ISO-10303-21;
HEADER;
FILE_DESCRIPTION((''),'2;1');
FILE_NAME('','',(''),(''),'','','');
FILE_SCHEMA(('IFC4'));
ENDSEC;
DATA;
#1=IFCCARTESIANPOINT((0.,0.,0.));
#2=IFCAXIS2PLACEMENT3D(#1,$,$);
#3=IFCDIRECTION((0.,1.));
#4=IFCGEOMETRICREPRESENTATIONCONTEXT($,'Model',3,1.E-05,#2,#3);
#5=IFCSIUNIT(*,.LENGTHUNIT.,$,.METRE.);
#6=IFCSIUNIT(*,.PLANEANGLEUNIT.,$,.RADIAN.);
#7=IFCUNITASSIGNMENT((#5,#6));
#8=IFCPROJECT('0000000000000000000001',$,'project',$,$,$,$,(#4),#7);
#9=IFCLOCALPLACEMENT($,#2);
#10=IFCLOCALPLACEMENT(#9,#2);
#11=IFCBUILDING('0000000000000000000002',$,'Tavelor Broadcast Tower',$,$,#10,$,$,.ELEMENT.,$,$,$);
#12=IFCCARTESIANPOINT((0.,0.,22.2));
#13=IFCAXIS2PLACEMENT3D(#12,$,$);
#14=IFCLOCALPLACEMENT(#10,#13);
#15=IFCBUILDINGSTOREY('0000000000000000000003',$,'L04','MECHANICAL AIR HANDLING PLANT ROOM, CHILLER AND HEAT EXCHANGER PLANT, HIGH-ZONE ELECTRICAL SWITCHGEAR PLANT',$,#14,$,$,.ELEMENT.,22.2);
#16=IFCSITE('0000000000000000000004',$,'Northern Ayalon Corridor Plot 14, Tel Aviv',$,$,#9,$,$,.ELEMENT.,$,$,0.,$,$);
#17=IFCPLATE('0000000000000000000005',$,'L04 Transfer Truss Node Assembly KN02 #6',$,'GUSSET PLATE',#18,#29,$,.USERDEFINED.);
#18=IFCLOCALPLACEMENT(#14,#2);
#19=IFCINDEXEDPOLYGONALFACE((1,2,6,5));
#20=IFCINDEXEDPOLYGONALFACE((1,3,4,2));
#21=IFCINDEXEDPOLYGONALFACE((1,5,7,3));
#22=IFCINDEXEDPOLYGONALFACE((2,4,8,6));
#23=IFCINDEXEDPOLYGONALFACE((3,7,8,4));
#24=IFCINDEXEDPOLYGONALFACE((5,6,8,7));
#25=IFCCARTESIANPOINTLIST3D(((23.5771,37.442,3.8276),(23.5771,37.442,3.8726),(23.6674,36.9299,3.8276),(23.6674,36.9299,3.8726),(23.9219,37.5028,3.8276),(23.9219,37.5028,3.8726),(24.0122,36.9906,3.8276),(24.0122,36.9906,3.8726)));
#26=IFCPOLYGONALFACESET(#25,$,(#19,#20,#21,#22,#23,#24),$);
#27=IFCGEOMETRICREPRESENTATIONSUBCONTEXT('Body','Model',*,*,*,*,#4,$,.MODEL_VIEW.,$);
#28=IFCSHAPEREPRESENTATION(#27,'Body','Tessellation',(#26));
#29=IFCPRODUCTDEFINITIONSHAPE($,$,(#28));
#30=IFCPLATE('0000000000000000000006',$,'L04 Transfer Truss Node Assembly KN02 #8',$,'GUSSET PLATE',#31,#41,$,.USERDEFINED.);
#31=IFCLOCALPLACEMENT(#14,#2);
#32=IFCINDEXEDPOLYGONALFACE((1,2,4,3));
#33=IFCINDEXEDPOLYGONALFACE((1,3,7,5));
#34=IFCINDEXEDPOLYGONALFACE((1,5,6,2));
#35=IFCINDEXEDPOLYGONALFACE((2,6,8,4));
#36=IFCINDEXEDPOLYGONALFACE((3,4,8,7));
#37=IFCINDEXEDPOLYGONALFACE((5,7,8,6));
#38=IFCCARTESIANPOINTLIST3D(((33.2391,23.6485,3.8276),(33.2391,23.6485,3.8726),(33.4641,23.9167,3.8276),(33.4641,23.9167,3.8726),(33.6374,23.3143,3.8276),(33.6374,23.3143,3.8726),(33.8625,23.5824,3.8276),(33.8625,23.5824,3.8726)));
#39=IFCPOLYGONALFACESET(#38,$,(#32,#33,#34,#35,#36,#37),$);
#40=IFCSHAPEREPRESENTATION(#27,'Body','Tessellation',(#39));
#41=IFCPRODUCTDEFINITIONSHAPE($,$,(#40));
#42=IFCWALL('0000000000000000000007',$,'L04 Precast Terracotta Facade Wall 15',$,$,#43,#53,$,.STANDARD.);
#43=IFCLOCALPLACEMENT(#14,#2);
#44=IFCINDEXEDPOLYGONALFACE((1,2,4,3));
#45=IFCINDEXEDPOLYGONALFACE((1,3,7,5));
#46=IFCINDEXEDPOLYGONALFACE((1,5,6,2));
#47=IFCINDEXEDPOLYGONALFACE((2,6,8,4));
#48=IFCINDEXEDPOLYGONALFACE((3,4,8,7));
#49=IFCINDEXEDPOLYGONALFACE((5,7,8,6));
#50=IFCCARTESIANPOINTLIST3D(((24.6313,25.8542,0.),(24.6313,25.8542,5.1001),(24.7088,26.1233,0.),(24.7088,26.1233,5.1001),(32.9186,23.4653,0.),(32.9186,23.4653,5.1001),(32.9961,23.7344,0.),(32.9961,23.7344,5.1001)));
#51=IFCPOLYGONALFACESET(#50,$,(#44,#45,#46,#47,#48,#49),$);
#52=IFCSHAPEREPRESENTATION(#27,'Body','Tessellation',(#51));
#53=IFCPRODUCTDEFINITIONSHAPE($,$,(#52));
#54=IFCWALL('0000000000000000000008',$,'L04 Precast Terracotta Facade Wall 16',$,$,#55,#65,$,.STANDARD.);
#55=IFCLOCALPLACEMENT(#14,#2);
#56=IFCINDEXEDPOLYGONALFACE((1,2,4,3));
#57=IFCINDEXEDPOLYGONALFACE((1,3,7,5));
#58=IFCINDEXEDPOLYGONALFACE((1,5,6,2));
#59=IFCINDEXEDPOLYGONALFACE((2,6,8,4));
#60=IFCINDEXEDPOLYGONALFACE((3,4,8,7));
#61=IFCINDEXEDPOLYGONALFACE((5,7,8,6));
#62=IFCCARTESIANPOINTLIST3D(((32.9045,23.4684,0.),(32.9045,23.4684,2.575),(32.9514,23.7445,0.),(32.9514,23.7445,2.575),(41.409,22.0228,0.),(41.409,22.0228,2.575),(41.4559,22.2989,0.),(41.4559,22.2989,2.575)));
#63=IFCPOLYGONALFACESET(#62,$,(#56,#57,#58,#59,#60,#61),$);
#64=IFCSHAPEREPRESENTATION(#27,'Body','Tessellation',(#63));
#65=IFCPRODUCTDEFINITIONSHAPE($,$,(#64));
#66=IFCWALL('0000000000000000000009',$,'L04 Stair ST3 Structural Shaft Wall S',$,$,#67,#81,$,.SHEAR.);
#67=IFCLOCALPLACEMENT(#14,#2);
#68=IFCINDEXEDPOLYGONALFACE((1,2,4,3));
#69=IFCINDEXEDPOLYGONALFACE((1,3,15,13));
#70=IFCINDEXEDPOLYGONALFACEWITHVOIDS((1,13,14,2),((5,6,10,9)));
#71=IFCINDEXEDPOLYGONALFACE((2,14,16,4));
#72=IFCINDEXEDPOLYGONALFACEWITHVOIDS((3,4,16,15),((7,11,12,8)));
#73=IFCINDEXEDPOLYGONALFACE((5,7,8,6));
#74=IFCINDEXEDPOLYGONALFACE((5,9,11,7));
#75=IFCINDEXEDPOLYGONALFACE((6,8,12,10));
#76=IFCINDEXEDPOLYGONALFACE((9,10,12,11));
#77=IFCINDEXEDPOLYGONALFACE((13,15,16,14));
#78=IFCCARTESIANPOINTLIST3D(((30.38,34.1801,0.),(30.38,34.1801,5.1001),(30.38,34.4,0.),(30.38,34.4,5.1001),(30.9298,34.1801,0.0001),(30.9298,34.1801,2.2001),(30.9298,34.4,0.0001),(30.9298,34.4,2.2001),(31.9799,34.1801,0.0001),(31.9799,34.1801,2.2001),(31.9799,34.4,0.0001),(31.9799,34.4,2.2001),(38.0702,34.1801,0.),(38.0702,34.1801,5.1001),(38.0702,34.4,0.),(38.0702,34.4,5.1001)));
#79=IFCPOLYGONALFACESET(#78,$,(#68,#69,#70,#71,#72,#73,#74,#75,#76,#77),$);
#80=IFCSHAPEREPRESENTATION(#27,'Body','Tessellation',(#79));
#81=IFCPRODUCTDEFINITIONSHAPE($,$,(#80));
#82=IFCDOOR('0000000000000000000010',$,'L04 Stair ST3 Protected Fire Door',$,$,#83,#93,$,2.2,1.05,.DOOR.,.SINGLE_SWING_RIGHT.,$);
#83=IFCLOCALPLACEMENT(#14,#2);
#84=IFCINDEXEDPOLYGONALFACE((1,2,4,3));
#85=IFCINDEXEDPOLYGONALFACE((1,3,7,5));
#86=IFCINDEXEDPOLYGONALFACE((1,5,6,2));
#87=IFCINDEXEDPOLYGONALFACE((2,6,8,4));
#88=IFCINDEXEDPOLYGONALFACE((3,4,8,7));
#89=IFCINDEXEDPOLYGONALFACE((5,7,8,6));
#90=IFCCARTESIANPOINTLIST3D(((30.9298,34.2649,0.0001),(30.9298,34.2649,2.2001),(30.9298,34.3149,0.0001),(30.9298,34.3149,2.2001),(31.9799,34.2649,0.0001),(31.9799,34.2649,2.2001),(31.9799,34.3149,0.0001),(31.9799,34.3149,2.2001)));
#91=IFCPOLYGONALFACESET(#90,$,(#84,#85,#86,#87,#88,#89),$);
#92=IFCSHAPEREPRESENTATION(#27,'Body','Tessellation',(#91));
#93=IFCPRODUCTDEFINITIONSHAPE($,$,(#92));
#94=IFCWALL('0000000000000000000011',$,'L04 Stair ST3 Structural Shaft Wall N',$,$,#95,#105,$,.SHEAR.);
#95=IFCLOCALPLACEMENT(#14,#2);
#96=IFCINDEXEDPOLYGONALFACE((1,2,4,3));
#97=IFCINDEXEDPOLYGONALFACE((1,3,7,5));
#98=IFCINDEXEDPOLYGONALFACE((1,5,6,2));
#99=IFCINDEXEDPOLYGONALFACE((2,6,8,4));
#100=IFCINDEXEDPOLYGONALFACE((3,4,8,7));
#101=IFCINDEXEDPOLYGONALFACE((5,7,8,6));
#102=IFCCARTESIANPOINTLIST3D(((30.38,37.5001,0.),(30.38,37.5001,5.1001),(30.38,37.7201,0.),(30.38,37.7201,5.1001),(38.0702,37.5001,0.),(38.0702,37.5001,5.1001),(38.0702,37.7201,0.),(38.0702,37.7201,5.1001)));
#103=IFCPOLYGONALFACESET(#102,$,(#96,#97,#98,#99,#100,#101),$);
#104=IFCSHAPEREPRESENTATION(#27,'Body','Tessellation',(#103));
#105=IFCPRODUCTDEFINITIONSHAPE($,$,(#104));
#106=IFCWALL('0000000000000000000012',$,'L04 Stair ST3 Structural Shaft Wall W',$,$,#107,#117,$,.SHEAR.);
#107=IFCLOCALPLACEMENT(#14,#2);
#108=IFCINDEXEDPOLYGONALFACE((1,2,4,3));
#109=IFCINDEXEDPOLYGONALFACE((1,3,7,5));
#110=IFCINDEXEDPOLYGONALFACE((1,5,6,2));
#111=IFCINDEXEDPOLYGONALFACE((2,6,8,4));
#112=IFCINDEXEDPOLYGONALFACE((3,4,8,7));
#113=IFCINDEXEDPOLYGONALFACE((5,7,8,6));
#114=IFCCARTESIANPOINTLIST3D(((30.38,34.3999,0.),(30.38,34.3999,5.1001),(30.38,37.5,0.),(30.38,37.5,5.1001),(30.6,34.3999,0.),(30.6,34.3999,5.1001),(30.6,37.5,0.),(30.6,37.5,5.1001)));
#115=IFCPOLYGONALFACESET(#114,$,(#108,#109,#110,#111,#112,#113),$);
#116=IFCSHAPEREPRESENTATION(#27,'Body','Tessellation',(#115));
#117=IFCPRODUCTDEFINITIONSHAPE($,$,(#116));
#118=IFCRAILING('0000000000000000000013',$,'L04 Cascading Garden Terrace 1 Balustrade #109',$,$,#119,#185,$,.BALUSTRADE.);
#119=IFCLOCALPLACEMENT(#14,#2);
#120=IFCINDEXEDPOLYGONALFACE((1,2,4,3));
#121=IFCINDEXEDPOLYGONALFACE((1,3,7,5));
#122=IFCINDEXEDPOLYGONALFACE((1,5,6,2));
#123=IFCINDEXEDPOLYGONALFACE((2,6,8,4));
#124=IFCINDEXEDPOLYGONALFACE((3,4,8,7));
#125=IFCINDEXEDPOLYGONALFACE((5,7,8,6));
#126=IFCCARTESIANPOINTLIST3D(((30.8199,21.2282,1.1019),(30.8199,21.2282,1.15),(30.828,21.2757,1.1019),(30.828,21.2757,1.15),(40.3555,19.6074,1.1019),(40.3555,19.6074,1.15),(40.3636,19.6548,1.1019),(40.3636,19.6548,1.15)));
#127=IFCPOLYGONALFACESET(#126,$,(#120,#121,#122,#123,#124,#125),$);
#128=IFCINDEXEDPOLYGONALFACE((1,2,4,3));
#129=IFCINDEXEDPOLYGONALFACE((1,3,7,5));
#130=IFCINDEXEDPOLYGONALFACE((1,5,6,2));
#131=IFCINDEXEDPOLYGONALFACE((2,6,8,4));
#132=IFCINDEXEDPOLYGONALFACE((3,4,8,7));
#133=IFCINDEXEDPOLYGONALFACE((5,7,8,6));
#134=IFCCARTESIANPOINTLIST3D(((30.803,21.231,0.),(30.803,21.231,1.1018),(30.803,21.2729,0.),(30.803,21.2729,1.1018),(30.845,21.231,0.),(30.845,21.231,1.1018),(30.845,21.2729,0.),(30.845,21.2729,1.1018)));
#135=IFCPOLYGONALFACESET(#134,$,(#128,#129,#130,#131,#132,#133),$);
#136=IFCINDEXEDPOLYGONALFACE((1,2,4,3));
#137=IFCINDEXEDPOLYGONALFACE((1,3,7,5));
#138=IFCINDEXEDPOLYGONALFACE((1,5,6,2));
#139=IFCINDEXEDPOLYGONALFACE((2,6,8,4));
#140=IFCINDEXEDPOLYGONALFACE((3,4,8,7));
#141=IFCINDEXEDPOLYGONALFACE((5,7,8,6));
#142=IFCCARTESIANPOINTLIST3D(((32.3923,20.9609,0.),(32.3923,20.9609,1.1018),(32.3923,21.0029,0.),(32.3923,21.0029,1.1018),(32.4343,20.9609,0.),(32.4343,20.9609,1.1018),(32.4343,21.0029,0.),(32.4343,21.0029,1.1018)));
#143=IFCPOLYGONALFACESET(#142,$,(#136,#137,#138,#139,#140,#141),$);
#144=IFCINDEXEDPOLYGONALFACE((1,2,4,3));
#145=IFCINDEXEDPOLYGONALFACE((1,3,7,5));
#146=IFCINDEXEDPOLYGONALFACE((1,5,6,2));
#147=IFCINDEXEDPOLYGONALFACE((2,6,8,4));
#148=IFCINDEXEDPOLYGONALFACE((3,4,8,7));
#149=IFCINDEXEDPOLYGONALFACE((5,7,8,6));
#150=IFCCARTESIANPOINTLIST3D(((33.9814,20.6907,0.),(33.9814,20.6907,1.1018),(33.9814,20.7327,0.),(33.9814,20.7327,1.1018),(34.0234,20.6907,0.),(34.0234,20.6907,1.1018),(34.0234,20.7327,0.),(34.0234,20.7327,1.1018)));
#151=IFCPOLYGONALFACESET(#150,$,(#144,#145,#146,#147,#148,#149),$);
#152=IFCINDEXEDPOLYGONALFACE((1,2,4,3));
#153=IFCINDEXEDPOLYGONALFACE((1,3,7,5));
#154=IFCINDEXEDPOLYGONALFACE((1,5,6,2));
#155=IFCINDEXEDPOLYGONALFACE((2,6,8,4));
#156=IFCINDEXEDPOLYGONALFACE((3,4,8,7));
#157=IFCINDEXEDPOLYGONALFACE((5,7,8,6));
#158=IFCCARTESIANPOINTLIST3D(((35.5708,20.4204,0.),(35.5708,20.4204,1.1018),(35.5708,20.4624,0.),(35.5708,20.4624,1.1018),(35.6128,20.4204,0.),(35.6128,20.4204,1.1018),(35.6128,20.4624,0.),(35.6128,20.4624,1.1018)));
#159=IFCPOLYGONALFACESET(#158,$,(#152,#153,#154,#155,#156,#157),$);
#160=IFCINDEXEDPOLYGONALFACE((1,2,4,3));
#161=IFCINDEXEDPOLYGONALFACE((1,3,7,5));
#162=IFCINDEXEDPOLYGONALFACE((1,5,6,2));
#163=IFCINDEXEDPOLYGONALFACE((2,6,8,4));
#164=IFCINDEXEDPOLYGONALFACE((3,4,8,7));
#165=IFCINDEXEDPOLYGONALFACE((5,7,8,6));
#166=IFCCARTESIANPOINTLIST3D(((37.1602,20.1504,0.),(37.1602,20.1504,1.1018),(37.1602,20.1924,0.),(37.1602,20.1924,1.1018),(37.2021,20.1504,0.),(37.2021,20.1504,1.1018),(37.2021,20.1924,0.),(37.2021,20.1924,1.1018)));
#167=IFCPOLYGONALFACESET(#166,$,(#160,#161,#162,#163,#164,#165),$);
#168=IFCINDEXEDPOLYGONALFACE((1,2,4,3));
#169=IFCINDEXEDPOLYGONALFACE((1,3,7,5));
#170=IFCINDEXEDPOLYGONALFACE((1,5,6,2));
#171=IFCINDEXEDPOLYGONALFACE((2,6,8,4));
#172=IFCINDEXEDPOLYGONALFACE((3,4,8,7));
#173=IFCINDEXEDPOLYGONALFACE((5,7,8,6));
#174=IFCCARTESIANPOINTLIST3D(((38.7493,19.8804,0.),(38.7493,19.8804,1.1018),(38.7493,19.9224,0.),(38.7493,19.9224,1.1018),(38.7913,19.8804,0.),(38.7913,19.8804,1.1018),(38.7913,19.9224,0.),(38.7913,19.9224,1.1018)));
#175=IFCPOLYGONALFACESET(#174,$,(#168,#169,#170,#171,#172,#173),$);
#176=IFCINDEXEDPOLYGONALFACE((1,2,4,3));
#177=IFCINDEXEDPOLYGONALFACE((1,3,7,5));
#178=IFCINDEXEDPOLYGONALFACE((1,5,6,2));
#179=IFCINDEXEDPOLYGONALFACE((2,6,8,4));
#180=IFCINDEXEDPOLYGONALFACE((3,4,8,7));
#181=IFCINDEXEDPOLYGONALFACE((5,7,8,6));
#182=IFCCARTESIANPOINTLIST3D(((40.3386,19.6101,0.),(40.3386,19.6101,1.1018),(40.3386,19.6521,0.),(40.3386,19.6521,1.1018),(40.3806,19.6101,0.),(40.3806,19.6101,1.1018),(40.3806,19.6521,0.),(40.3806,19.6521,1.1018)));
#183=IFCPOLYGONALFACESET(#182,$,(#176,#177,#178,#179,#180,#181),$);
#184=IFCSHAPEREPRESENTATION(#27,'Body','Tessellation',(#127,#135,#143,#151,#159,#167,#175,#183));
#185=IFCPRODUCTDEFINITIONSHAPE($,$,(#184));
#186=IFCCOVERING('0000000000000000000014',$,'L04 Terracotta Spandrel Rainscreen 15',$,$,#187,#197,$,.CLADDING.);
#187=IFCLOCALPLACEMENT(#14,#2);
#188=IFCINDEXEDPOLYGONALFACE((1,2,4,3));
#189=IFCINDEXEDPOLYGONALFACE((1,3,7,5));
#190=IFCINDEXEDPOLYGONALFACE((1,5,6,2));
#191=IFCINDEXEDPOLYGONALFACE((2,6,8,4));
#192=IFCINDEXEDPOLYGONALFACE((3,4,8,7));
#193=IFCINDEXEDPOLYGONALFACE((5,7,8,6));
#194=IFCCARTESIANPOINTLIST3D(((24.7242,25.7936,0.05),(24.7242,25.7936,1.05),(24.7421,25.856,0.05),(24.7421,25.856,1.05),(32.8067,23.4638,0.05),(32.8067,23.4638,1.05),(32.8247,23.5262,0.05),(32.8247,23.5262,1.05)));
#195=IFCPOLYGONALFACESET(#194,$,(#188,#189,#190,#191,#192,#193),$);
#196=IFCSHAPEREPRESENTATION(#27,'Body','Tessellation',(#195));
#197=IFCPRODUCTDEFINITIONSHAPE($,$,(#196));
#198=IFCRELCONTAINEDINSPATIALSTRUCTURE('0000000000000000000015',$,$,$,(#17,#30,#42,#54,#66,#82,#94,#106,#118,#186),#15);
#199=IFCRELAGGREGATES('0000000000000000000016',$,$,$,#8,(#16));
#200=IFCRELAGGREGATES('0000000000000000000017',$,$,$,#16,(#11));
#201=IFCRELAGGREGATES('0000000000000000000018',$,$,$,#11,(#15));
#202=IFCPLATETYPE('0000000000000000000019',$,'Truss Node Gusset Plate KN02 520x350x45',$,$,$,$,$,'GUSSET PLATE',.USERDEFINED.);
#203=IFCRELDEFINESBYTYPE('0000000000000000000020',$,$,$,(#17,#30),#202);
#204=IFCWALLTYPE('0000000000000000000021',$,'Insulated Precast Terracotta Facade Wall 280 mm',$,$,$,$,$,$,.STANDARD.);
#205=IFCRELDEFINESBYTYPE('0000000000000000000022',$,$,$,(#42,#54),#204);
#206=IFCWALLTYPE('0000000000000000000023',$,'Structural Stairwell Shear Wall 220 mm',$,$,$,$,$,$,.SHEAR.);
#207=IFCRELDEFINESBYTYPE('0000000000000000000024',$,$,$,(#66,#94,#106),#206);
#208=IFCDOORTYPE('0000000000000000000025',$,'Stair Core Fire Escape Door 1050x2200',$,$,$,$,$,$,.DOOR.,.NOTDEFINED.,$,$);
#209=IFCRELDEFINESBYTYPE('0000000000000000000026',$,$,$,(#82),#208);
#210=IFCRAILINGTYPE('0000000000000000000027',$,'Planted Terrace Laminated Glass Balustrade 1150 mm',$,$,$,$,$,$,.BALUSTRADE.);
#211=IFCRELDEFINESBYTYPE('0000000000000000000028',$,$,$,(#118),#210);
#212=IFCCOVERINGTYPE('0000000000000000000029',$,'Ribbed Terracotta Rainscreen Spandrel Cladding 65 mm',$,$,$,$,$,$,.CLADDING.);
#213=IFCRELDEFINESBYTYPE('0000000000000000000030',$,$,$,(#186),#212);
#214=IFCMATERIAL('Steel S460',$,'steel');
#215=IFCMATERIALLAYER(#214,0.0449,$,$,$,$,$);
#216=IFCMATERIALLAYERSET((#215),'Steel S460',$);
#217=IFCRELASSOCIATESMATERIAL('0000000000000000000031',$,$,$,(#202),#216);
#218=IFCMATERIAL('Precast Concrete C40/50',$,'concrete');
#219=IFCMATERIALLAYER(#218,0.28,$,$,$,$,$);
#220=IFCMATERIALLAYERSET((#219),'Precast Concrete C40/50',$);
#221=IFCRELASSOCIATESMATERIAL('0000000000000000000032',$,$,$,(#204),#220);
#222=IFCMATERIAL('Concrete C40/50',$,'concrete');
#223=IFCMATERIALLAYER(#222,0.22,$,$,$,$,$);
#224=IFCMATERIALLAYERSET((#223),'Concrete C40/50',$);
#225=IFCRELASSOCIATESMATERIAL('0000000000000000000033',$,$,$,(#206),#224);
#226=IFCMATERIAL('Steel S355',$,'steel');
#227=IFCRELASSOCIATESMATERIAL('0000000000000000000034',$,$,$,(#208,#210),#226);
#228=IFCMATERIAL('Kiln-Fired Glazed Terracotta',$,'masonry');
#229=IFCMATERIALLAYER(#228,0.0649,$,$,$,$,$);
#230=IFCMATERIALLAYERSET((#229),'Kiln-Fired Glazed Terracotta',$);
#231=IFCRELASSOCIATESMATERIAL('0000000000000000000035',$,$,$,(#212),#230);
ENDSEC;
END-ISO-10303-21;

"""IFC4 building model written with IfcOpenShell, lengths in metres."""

from ifc_helpers import new_model, si_unit, direction, frame, frame_2d, origin, origin_2d, place, context, subcontext, project, spatial, rectangle, extrude, source, transform, mapped, material, layer, layer_set, type_object, type_shapes, element, fill, save


model = new_model("IFC4")

# Units and contexts
model_context = context("Model", 3, precision=1e-05, world=origin(), true_north=direction((0.0, 1.0)))
body_context = subcontext(model_context, "Body", "Model", "MODEL_VIEW")
ifc_project = project(units=[si_unit("LENGTHUNIT", "METRE"), si_unit("PLANEANGLEUNIT", "RADIAN")], contexts=[model_context])

# Site, building, storey
site_placement = place(None, origin())
site = spatial("IfcSite", under=ifc_project, at=site_placement, Name="Northern Ayalon Corridor Plot 14, Tel Aviv", CompositionType="ELEMENT", RefElevation=0.0)
building_placement = place(site_placement, origin())
building = spatial("IfcBuilding", under=site, at=building_placement, Name="Tavelor Broadcast Tower", CompositionType="ELEMENT")
storey_placement = place(building_placement, frame((0.0, 0.0, 22.2)))
storey = spatial("IfcBuildingStorey", under=building, at=storey_placement, Name="L04", Description="MECHANICAL AIR HANDLING PLANT ROOM, CHILLER AND HEAT EXCHANGER PLANT, HIGH-ZONE ELECTRICAL SWITCHGEAR PLANT", CompositionType="ELEMENT", Elevation=22.2)

# Shared definitions
ifc_material_1 = material(Name="Steel S460", Category="steel")

# Plates
ifc_layer_1 = layer(ifc_material_1, 0.0449)
ifc_layer_set_1 = layer_set([ifc_layer_1], Name="Steel S460")
plate_type_1 = type_object("IfcPlateType", Name="Truss Node Gusset Plate KN02 520x350x45", ElementType="GUSSET PLATE", PredefinedType="USERDEFINED", material=ifc_layer_set_1)
shared_shape_1 = source(origin(), body_context, "Body", "SweptSolid", [
    extrude(rectangle(XDim=0.52, YDim=0.3501, at=origin_2d()), origin(), (0.0, 0.0, 1.0), 0.0449),
])
type_shapes(plate_type_1, [shared_shape_1])
for number, where, z_axis, x_axis, name in (
    (1, (23.7947, 37.2163, 3.8276), (0.0, 0.0, 1.0), (-0.173648, 0.984808, 0.0), "L04 Transfer Truss Node Assembly KN02 #6"),
    (2, (33.5508, 23.6155, 3.8276), (0.0, 0.0, 1.0), (-0.766044, 0.642788, 0.0), "L04 Transfer Truss Node Assembly KN02 #8"),
):
    element("IfcPlate", number, at=place(storey_placement, frame(where, z_axis=z_axis, x_axis=x_axis)), inside=storey, type_object=plate_type_1, Name=name, ObjectType="GUSSET PLATE", PredefinedType="USERDEFINED", context=body_context, shape_type="MappedRepresentation", body=[
        mapped(shared_shape_1, transform((0.0, 0.0, 0.0), scale=1.0)),
    ])

# Walls
ifc_material_2 = material(Name="Precast Concrete C40/50", Category="concrete")
ifc_layer_2 = layer(ifc_material_2, 0.28)
ifc_layer_set_2 = layer_set([ifc_layer_2], Name="Precast Concrete C40/50")
wall_type_1 = type_object("IfcWallType", Name="Insulated Precast Terracotta Facade Wall 280 mm", PredefinedType="STANDARD", material=ifc_layer_set_2)
wall_1_placement = place(storey_placement, frame((24.6699, 25.9888, 0.0), z_axis=(0.0, 0.0, 1.0), x_axis=(0.960875, -0.276982, 0.0)))
element("IfcWall", 3, at=wall_1_placement, inside=storey, type_object=wall_type_1, Name="L04 Precast Terracotta Facade Wall 15", PredefinedType="STANDARD", context=body_context, shape_type="SweptSolid", body=[
    extrude(rectangle(XDim=8.6248, YDim=0.28, at=frame_2d((4.3125, 0.0))), origin(), (0.0, 0.0, 1.0), 5.1001),
])
wall_2_placement = place(storey_placement, frame((32.928, 23.6064, 0.0), z_axis=(0.0, 0.0, 1.0), x_axis=(0.985859, -0.167574, 0.0)))
element("IfcWall", 4, at=wall_2_placement, inside=storey, type_object=wall_type_1, Name="L04 Precast Terracotta Facade Wall 16", PredefinedType="STANDARD", context=body_context, shape_type="SweptSolid", body=[
    extrude(rectangle(XDim=8.6265, YDim=0.28, at=frame_2d((4.3132, 0.0))), origin(), (0.0, 0.0, 1.0), 2.575),
])

# Wall, opening, door
ifc_material_3 = material(Name="Concrete C40/50", Category="concrete")
ifc_layer_3 = layer(ifc_material_3, 0.22)
ifc_layer_set_3 = layer_set([ifc_layer_3], Name="Concrete C40/50")
wall_type_2 = type_object("IfcWallType", Name="Structural Stairwell Shear Wall 220 mm", PredefinedType="SHEAR", material=ifc_layer_set_3)
wall_3_placement = place(storey_placement, frame((30.3799, 34.29, 0.0), z_axis=(0.0, 0.0, 1.0), x_axis=(1.0, 0.0, 0.0)))
wall_3 = element("IfcWall", 5, at=wall_3_placement, inside=storey, type_object=wall_type_2, Name="L04 Stair ST3 Structural Shaft Wall S", PredefinedType="SHEAR", context=body_context, shape_type="SweptSolid", body=[
    extrude(rectangle(XDim=7.6902, YDim=0.22, at=frame_2d((3.8452, 0.0))), origin(), (0.0, 0.0, 1.0), 5.1001),
])
opening_placement = place(wall_3_placement, frame((0.55, 0.0, 0.0)))
opening = element("IfcOpeningElement", 6, at=opening_placement, cuts=wall_3, PredefinedType="OPENING", context=body_context, shape_type="SweptSolid", body=[
    extrude(rectangle(XDim=1.05, YDim=2.2, at=frame_2d((0.5249, 1.1001))), frame((0.0, 0.1201, 0.0), z_axis=(0.0, -1.0, 0.0), x_axis=(1.0, 0.0, 0.0)), (0.0, 0.0, 1.0), 0.24),
])
ifc_material_4 = material(Name="Steel S355", Category="steel")
door_type = type_object("IfcDoorType", Name="Stair Core Fire Escape Door 1050x2200", OperationType="NOTDEFINED", PredefinedType="DOOR", material=ifc_material_4)
door_placement = place(opening_placement, origin())
door = element("IfcDoor", 7, at=door_placement, inside=storey, type_object=door_type, Name="L04 Stair ST3 Protected Fire Door", OperationType="SINGLE_SWING_RIGHT", OverallHeight=2.2, OverallWidth=1.05, PredefinedType="DOOR", context=body_context, shape_type="SweptSolid", body=[
    extrude(rectangle(XDim=1.05, YDim=2.2, at=frame_2d((0.5249, 1.1001))), frame((0.0, 0.0249, 0.0), z_axis=(0.0, -1.0, 0.0), x_axis=(1.0, 0.0, 0.0)), (0.0, 0.0, 1.0), 0.05),
])
fill(opening, door)

# Walls
wall_4_placement = place(storey_placement, frame((30.3799, 37.6101, 0.0), z_axis=(0.0, 0.0, 1.0), x_axis=(1.0, 0.0, 0.0)))
element("IfcWall", 8, at=wall_4_placement, inside=storey, type_object=wall_type_2, Name="L04 Stair ST3 Structural Shaft Wall N", PredefinedType="SHEAR", context=body_context, shape_type="SweptSolid", body=[
    extrude(rectangle(XDim=7.6902, YDim=0.22, at=frame_2d((3.8452, 0.0))), origin(), (0.0, 0.0, 1.0), 5.1001),
])
wall_5_placement = place(storey_placement, frame((30.49, 34.3999, 0.0), z_axis=(0.0, 0.0, 1.0), x_axis=(0.0, 1.0, 0.0)))
element("IfcWall", 9, at=wall_5_placement, inside=storey, type_object=wall_type_2, Name="L04 Stair ST3 Structural Shaft Wall W", PredefinedType="SHEAR", context=body_context, shape_type="SweptSolid", body=[
    extrude(rectangle(XDim=3.1001, YDim=0.22, at=frame_2d((1.55, 0.0))), origin(), (0.0, 0.0, 1.0), 5.1001),
])

# Railing
railing_type_1 = type_object("IfcRailingType", Name="Planted Terrace Laminated Glass Balustrade 1150 mm", PredefinedType="BALUSTRADE", material=ifc_material_4)
railing_1_placement = place(storey_placement, frame((30.824, 21.252, 0.0)))
element("IfcRailing", 10, at=railing_1_placement, inside=storey, type_object=railing_type_1, Name="L04 Cascading Garden Terrace 1 Balustrade #109", PredefinedType="BALUSTRADE", context=body_context, shape_type="SweptSolid", body=[
    extrude(rectangle(XDim=0.0481, YDim=0.0481, at=origin_2d()), frame((0.0, 0.0, 1.126), z_axis=(0.985859, -0.167574, 0.0), x_axis=(0.167574, 0.985859, 0.0)), (0.0, 0.0, 1.0), 9.6724),
    extrude(rectangle(XDim=0.042, YDim=0.042, at=origin_2d()), origin(), (0.0, 0.0, 1.0), 1.1018),
    extrude(rectangle(XDim=0.042, YDim=0.042, at=origin_2d()), frame((1.5894, -0.27, 0.0)), (0.0, 0.0, 1.0), 1.1018),
    extrude(rectangle(XDim=0.042, YDim=0.042, at=origin_2d()), frame((3.1785, -0.5403, 0.0)), (0.0, 0.0, 1.0), 1.1018),
    extrude(rectangle(XDim=0.042, YDim=0.042, at=origin_2d()), frame((4.7678, -0.8105, 0.0)), (0.0, 0.0, 1.0), 1.1018),
    extrude(rectangle(XDim=0.042, YDim=0.042, at=origin_2d()), frame((6.3572, -1.0806, 0.0)), (0.0, 0.0, 1.0), 1.1018),
    extrude(rectangle(XDim=0.042, YDim=0.042, at=origin_2d()), frame((7.9463, -1.3506, 0.0)), (0.0, 0.0, 1.0), 1.1018),
    extrude(rectangle(XDim=0.042, YDim=0.042, at=origin_2d()), frame((9.5356, -1.6208, 0.0)), (0.0, 0.0, 1.0), 1.1018),
])

# Covering
ifc_material_5 = material(Name="Kiln-Fired Glazed Terracotta", Category="masonry")
ifc_layer_4 = layer(ifc_material_5, 0.0649)
ifc_layer_set_4 = layer_set([ifc_layer_4], Name="Kiln-Fired Glazed Terracotta")
covering_type = type_object("IfcCoveringType", Name="Ribbed Terracotta Rainscreen Spandrel Cladding 65 mm", PredefinedType="CLADDING", material=ifc_layer_set_4)
covering_placement = place(storey_placement, frame((28.7744, 24.6599, 0.05), z_axis=(0.0, 0.0, 1.0), x_axis=(0.960876, -0.276979, 0.0)))
element("IfcCovering", 11, at=covering_placement, inside=storey, type_object=covering_type, Name="L04 Terracotta Spandrel Rainscreen 15", PredefinedType="CLADDING", context=body_context, shape_type="SweptSolid", body=[
    extrude(rectangle(XDim=8.4116, YDim=0.0649, at=origin_2d()), origin(), (0.0, 0.0, 1.0), 1.0),
])

save(model, "model.ifc")
